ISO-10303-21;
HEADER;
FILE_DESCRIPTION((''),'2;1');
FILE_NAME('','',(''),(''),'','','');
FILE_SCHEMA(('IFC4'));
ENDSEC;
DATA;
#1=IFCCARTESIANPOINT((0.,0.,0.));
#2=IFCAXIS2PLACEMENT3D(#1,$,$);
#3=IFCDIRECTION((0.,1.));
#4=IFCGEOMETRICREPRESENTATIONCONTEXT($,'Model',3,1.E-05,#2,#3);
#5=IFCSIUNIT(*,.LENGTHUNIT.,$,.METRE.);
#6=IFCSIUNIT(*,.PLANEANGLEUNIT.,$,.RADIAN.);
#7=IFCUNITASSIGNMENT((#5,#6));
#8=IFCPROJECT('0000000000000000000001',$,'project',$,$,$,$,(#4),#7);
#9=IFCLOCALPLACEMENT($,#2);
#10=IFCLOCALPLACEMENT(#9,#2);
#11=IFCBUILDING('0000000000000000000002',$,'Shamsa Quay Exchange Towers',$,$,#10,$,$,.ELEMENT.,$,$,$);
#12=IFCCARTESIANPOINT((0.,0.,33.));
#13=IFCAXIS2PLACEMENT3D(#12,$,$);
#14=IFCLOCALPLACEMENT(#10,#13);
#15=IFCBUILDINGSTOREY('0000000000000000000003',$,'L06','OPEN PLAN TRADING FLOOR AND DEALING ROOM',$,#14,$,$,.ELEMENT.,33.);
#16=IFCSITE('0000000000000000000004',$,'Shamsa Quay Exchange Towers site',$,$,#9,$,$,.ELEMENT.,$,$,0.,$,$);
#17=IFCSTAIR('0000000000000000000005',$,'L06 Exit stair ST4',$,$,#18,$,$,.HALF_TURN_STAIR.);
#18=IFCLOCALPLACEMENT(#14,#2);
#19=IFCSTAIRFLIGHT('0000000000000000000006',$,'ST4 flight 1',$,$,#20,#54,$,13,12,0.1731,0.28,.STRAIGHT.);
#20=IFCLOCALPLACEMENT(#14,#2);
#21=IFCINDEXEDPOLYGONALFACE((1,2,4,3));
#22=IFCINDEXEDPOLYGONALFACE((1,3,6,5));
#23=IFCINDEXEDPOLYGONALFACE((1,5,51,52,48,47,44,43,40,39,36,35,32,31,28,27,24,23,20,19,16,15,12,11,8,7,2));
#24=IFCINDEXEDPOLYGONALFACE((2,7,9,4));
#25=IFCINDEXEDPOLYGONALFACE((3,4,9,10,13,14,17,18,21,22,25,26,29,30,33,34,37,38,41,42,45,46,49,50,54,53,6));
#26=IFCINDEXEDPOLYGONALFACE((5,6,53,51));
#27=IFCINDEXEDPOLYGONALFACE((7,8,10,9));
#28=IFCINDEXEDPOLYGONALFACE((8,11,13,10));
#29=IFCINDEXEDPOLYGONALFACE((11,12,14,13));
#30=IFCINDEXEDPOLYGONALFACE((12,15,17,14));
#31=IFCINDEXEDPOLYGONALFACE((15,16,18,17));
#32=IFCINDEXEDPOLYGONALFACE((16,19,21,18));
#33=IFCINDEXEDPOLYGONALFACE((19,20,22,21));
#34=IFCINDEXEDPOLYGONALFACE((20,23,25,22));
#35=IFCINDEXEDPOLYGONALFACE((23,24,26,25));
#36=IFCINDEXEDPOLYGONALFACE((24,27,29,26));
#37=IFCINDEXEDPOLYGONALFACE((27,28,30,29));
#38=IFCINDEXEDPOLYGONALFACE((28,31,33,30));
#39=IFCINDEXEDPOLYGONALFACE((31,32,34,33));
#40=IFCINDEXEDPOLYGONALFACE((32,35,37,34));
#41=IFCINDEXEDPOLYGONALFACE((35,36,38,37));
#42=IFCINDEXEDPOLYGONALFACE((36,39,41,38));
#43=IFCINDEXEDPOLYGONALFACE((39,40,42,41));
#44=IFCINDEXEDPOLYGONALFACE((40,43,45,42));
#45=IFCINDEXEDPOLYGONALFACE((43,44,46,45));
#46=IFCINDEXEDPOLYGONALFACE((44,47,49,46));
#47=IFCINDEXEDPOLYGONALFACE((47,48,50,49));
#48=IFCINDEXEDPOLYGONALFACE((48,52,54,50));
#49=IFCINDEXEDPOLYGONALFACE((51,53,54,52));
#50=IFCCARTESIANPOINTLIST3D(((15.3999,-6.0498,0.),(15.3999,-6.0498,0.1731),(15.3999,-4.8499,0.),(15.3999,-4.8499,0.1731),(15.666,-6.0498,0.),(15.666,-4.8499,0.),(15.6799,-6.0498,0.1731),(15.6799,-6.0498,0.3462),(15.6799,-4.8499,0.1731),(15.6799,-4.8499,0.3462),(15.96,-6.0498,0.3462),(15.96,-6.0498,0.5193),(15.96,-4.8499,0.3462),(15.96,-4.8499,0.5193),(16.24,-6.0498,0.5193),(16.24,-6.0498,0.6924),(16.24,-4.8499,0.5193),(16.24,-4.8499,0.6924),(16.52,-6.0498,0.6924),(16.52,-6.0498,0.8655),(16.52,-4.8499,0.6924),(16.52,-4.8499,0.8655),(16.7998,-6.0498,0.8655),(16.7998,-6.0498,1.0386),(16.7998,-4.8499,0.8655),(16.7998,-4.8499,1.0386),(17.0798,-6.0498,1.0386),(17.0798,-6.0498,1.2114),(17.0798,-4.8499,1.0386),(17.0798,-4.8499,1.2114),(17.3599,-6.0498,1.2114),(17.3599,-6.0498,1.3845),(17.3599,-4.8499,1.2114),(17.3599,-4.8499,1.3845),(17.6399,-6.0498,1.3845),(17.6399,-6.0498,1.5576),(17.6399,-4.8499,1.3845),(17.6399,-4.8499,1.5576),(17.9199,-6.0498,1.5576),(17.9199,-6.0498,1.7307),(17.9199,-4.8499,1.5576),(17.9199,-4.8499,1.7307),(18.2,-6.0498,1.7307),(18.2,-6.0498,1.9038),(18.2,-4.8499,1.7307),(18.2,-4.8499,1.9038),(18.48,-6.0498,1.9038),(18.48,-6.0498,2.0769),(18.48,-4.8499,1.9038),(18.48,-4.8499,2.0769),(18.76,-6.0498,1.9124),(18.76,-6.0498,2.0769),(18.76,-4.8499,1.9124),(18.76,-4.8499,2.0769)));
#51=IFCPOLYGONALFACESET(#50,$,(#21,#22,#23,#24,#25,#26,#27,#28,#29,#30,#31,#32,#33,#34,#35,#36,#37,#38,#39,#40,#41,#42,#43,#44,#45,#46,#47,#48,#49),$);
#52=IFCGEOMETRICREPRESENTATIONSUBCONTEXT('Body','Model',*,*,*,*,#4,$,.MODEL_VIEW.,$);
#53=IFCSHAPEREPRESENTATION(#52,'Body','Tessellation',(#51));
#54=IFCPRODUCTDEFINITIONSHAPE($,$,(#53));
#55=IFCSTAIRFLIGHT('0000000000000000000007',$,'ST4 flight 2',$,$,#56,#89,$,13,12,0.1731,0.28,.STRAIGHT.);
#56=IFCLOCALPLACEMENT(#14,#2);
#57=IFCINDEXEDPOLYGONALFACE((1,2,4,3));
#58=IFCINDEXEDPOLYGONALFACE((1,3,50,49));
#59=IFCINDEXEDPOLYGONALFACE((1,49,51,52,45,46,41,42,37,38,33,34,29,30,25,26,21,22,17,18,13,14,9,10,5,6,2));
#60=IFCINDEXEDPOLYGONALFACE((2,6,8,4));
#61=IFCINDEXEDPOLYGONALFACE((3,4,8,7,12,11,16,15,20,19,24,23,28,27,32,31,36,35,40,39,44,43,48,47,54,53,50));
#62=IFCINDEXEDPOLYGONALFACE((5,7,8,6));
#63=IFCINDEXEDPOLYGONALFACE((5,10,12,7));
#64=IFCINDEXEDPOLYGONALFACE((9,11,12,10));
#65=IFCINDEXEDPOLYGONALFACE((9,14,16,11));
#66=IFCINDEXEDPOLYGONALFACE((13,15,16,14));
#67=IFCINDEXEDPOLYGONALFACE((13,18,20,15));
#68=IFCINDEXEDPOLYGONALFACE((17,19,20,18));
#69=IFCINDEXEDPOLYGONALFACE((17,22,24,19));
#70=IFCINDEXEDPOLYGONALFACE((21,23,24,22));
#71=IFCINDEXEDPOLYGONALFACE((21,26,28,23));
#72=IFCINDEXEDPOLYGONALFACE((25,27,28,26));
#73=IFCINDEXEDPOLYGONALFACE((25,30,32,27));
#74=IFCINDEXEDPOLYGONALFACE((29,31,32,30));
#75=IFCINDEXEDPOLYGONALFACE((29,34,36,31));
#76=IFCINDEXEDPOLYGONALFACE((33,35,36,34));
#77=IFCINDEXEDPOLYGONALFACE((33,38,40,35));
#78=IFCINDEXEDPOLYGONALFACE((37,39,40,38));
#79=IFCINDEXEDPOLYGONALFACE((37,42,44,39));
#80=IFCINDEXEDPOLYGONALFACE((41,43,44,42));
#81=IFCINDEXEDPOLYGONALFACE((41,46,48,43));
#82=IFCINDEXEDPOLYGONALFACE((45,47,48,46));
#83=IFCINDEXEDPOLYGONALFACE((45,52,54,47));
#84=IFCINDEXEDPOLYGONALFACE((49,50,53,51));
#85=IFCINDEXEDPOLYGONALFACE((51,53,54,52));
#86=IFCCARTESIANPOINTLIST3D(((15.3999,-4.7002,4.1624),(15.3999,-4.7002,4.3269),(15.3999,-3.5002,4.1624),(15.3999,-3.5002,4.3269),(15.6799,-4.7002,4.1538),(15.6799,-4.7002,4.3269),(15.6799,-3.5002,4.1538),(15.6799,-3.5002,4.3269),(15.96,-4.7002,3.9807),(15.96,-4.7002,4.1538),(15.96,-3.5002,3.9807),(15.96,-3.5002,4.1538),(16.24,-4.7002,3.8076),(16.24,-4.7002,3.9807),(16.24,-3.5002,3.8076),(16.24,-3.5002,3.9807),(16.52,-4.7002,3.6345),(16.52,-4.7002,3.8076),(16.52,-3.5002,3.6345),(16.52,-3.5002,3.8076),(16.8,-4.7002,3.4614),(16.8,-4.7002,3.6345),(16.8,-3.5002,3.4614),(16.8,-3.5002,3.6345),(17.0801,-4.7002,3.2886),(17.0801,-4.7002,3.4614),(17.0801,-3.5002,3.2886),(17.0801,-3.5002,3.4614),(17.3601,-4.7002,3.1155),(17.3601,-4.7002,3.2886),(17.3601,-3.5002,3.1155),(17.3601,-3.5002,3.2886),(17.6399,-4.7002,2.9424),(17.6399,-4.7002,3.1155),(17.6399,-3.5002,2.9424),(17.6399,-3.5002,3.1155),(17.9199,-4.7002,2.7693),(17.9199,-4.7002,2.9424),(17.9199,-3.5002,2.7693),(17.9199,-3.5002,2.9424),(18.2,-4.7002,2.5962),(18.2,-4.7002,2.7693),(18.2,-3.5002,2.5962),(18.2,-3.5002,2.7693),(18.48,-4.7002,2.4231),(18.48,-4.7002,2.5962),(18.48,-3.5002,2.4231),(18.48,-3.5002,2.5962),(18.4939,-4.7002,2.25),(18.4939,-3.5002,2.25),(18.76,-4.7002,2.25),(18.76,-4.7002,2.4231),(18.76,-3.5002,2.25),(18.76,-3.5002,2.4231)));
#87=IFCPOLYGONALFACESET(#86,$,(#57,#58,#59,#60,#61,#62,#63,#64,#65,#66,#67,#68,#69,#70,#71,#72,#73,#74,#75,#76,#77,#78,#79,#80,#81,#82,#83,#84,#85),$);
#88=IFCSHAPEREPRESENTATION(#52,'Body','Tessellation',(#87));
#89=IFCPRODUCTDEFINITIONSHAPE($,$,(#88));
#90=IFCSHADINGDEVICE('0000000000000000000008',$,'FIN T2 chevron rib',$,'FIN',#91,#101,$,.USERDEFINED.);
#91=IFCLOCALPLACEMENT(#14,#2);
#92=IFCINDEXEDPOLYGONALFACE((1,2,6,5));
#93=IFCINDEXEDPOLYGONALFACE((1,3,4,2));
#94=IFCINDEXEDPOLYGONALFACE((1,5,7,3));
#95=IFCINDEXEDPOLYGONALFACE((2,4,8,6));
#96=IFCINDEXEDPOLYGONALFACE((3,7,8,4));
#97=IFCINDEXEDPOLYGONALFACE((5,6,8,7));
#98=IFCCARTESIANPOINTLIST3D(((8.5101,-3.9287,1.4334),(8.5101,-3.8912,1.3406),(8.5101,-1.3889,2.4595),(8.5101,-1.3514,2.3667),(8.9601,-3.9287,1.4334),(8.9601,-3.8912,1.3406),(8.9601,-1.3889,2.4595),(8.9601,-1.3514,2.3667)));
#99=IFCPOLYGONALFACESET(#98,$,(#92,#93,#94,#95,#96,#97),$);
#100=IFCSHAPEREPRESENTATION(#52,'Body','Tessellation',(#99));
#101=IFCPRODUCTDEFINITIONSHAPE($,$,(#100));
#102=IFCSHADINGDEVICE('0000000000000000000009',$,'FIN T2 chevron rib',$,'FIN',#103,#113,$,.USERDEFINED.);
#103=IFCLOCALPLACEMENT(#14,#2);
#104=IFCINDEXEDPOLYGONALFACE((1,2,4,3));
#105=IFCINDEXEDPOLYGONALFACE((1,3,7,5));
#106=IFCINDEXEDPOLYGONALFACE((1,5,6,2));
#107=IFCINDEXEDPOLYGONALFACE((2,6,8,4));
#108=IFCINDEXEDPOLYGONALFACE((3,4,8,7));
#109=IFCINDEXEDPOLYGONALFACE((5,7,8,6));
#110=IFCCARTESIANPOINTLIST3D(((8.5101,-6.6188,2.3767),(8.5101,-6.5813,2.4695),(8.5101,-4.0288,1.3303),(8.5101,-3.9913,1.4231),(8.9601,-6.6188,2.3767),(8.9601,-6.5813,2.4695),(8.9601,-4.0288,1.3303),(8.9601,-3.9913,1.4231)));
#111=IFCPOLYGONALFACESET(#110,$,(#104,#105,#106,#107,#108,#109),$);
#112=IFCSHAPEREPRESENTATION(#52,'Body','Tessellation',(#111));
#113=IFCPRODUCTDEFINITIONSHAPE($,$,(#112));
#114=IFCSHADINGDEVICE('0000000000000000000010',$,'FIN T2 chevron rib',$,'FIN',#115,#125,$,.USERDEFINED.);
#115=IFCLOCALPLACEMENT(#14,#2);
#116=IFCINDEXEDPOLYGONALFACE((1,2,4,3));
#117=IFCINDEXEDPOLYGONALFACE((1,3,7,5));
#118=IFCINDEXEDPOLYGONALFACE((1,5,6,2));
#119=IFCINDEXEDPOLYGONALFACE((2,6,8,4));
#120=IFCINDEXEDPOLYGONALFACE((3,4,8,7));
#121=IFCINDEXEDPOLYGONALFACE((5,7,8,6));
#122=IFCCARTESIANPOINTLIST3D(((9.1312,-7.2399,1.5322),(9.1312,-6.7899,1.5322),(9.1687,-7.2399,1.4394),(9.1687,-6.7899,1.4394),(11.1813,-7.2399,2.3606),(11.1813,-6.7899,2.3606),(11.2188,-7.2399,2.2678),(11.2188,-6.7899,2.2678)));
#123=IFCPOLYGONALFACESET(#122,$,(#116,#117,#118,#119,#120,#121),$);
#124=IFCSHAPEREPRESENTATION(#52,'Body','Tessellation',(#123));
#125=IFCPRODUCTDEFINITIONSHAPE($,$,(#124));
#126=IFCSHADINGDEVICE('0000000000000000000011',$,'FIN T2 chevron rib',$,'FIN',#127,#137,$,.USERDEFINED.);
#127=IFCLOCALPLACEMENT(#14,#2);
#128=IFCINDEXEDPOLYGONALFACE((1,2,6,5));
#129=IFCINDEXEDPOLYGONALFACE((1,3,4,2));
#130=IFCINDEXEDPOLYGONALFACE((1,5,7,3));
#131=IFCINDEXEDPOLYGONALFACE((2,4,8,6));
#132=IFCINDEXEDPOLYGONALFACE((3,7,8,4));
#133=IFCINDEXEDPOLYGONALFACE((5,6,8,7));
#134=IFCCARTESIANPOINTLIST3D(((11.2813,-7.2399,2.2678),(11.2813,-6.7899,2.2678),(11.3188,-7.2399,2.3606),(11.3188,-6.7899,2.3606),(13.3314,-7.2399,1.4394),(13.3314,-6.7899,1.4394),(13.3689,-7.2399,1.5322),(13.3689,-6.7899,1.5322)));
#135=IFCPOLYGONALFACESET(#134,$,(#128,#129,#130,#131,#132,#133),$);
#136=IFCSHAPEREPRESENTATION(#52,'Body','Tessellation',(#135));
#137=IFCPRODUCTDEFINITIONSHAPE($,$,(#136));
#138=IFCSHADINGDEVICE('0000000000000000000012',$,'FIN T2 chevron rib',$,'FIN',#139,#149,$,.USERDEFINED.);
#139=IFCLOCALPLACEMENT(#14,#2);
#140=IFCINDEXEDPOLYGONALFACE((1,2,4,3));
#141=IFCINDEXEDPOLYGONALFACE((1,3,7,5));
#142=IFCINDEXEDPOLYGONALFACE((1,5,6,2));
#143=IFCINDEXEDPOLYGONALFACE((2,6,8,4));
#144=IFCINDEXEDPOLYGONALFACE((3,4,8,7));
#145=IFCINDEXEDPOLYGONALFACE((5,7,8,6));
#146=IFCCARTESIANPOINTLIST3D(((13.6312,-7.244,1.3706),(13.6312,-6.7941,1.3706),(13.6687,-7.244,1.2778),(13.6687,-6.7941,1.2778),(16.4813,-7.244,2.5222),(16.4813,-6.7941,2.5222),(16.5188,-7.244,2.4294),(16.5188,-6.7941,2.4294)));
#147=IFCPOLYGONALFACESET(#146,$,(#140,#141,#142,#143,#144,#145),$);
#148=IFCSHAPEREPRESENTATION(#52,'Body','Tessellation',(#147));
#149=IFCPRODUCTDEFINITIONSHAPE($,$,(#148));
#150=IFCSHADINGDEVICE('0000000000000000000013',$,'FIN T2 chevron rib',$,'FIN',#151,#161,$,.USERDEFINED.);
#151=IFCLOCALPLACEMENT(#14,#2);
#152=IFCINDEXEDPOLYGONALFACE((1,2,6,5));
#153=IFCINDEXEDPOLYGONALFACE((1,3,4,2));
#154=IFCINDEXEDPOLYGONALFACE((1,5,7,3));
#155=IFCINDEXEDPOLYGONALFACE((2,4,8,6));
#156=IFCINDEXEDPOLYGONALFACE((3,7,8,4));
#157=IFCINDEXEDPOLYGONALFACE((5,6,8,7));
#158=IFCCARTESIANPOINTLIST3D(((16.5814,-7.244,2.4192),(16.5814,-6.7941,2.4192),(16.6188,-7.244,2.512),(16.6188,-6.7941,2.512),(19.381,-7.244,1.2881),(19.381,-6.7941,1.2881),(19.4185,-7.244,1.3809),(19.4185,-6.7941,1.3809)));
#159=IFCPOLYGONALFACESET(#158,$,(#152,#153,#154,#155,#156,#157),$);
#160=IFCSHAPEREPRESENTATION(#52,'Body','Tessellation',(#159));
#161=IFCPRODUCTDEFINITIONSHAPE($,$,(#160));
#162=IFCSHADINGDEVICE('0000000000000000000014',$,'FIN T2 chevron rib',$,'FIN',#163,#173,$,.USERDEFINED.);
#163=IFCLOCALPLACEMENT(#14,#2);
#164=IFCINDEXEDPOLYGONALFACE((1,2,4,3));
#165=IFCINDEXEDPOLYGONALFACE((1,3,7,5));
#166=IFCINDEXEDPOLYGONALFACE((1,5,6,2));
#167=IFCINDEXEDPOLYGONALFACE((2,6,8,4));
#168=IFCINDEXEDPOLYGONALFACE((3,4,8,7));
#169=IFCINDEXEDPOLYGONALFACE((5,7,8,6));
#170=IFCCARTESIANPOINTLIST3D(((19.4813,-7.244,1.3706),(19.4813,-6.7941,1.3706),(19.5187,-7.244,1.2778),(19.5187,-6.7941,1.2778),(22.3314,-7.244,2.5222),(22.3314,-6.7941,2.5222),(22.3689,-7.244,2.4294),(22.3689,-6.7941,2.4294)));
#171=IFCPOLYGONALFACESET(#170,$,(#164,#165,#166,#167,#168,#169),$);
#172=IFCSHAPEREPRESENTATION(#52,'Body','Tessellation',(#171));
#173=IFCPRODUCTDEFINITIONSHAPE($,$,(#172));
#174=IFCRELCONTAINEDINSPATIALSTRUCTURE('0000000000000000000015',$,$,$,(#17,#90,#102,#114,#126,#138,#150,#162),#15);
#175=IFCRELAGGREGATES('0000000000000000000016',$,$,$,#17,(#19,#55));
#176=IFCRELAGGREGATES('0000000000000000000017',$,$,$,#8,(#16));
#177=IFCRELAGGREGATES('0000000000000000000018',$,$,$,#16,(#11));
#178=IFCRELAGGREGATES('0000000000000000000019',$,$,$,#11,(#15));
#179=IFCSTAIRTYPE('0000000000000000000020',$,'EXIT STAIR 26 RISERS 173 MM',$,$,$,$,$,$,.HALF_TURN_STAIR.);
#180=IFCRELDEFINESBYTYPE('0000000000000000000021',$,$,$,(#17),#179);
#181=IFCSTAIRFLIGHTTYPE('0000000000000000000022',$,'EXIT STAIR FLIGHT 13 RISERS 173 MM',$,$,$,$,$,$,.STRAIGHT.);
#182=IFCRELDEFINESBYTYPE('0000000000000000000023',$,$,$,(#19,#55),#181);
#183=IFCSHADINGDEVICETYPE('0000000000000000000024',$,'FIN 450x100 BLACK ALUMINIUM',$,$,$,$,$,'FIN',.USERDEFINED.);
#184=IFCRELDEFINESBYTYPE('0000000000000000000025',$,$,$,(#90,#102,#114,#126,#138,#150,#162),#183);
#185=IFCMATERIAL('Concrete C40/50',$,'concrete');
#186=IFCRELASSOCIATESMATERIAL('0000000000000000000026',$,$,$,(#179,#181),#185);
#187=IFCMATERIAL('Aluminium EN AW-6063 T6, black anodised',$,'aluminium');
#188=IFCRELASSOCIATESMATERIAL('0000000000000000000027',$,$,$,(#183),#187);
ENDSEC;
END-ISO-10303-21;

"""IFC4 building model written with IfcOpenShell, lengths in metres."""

from ifc_helpers import new_model, si_unit, direction, frame, origin, origin_2d, place, context, subcontext, project, spatial, polyline, rectangle, outline, extrude, material, material_profile, profile_set, type_object, element, aggregate, save


model = new_model("IFC4")

# Units and contexts
model_context = context("Model", 3, precision=1e-05, world=origin(), true_north=direction((0.0, 1.0)))
body_context = subcontext(model_context, "Body", "Model", "MODEL_VIEW")
ifc_project = project(units=[si_unit("LENGTHUNIT", "METRE"), si_unit("PLANEANGLEUNIT", "RADIAN")], contexts=[model_context])

# Site, building, storey
site_placement = place(None, origin())
site = spatial("IfcSite", under=ifc_project, at=site_placement, Name="Shamsa Quay Exchange Towers site", CompositionType="ELEMENT", RefElevation=0.0)
building_placement = place(site_placement, origin())
building = spatial("IfcBuilding", under=site, at=building_placement, Name="Shamsa Quay Exchange Towers", CompositionType="ELEMENT")
storey_placement = place(building_placement, frame((0.0, 0.0, 33.0)))
storey = spatial("IfcBuildingStorey", under=building, at=storey_placement, Name="L06", Description="OPEN PLAN TRADING FLOOR AND DEALING ROOM", CompositionType="ELEMENT", Elevation=33.0)

# Shared definitions
ifc_material_1 = material(Name="Aluminium EN AW-6063 T6, black anodised", Category="aluminium")

# Stair
ifc_material_2 = material(Name="Concrete C40/50", Category="concrete")
stair_type = type_object("IfcStairType", Name="EXIT STAIR 26 RISERS 173 MM", PredefinedType="HALF_TURN_STAIR", material=ifc_material_2)
stair_1_placement = place(storey_placement, origin())
stair_1 = element("IfcStair", 1, at=stair_1_placement, inside=storey, type_object=stair_type, Name="L06 Exit stair ST4", PredefinedType="HALF_TURN_STAIR")

# Stair flights
stair_flight_type = type_object("IfcStairFlightType", Name="EXIT STAIR FLIGHT 13 RISERS 173 MM", PredefinedType="STRAIGHT", material=ifc_material_2)
stair_flight_1_placement = place(storey_placement, frame((15.3999, -5.45, 0.0)))
stair_flight_1 = element("IfcStairFlight", 2, at=stair_flight_1_placement, type_object=stair_flight_type, Name="ST4 flight 1", NumberOfRisers=13, NumberOfTreads=12, PredefinedType="STRAIGHT", RiserHeight=0.1731, TreadLength=0.28, context=body_context, shape_type="SweptSolid", body=[
    extrude(outline(polyline([(0.0, 0.0), (0.0, 0.1731), (0.28, 0.1731), (0.28, 0.3462), (0.5601, 0.3462), (0.5601, 0.5193), (0.8401, 0.5193), (0.8401, 0.6924), (1.1201, 0.6924), (1.1201, 0.8655), (1.3999, 0.8655), (1.3999, 1.0386), (1.6799, 1.0386), (1.6799, 1.2114), (1.96, 1.2114), (1.96, 1.3845), (2.24, 1.3845), (2.24, 1.5576), (2.52, 1.5576), (2.52, 1.7307), (2.8, 1.7307), (2.8, 1.9038), (3.0801, 1.9038), (3.0801, 2.0769), (3.3601, 2.0769), (3.3601, 2.25), (3.3601, 1.9124), (0.2661, 0.0), (0.0, 0.0)])), frame((0.0, 0.6001, 0.0), z_axis=(0.0, -1.0, 0.0), x_axis=(1.0, 0.0, 0.0)), (0.0, 0.0, 1.0), 1.2),
])
stair_flight_2_placement = place(storey_placement, frame((18.76, -4.1001, 2.25), z_axis=(0.0, 0.0, 1.0), x_axis=(-1.0, 0.0, 0.0)))
stair_flight_2 = element("IfcStairFlight", 3, at=stair_flight_2_placement, type_object=stair_flight_type, Name="ST4 flight 2", NumberOfRisers=13, NumberOfTreads=12, PredefinedType="STRAIGHT", RiserHeight=0.1731, TreadLength=0.28, context=body_context, shape_type="SweptSolid", body=[
    extrude(outline(polyline([(0.0, 0.0), (0.0, 0.1731), (0.28, 0.1731), (0.28, 0.3462), (0.5601, 0.3462), (0.5601, 0.5193), (0.8401, 0.5193), (0.8401, 0.6924), (1.1201, 0.6924), (1.1201, 0.8655), (1.3999, 0.8655), (1.3999, 1.0386), (1.6799, 1.0386), (1.6799, 1.2114), (1.96, 1.2114), (1.96, 1.3845), (2.24, 1.3845), (2.24, 1.5576), (2.52, 1.5576), (2.52, 1.7307), (2.8, 1.7307), (2.8, 1.9038), (3.0801, 1.9038), (3.0801, 2.0769), (3.3601, 2.0769), (3.3601, 2.25), (3.3601, 1.9124), (0.2661, 0.0), (0.0, 0.0)])), frame((0.0, 0.6001, 0.0), z_axis=(0.0, -1.0, 0.0), x_axis=(1.0, 0.0, 0.0)), (0.0, 0.0, 1.0), 1.2),
])
aggregate(stair_1, [stair_flight_1, stair_flight_2])

# Shading devices
ifc_material_profile_1 = material_profile(ifc_material_1, rectangle(XDim=0.45, YDim=0.1001, at=origin_2d()), Name="FIN450x100")
ifc_profile_set_1 = profile_set([ifc_material_profile_1], Name="Aluminium EN AW-6063 T6, black anodised")
shading_device_type = type_object("IfcShadingDeviceType", Name="FIN 450x100 BLACK ALUMINIUM", ElementType="FIN", PredefinedType="USERDEFINED", material=ifc_profile_set_1)
shading_device_1_placement = place(storey_placement, frame((8.7351, -1.3701, 2.4131), z_axis=(0.0, -0.927186, -0.3746), x_axis=(1.0, 0.0, 0.0)))
element("IfcShadingDevice", 4, at=shading_device_1_placement, inside=storey, type_object=shading_device_type, Name="FIN T2 chevron rib", ObjectType="FIN", PredefinedType="USERDEFINED", context=body_context, shape_type="SweptSolid", body=[
    extrude(rectangle(XDim=0.45, YDim=0.1001, at=origin_2d()), origin(), (0.0, 0.0, 1.0), 2.7393),
])
shading_device_2_placement = place(storey_placement, frame((8.7351, -4.01, 1.3767), z_axis=(0.0, -0.927193, 0.374583), x_axis=(1.0, 0.0, 0.0)))
element("IfcShadingDevice", 5, at=shading_device_2_placement, inside=storey, type_object=shading_device_type, Name="FIN T2 chevron rib", ObjectType="FIN", PredefinedType="USERDEFINED", context=body_context, shape_type="SweptSolid", body=[
    extrude(rectangle(XDim=0.45, YDim=0.1001, at=origin_2d()), origin(), (0.0, 0.0, 1.0), 2.7935),
])
for number, where, z_axis, x_axis, name in (
    (6, (9.1499, -7.0149, 1.4858), (0.927169, 0.0, 0.374644), (0.0, 1.0, 0.0), "FIN T2 chevron rib"),
    (7, (11.3, -7.0149, 2.3142), (0.927169, 0.0, -0.374644), (0.0, 1.0, 0.0), "FIN T2 chevron rib"),
):
    element("IfcShadingDevice", number, at=place(storey_placement, frame(where, z_axis=z_axis, x_axis=x_axis)), inside=storey, type_object=shading_device_type, Name=name, ObjectType="FIN", PredefinedType="USERDEFINED", context=body_context, shape_type="SweptSolid", body=[
        extrude(rectangle(XDim=0.45, YDim=0.1001, at=origin_2d()), origin(), (0.0, 0.0, 1.0), 2.2112),
    ])
shading_device_3_placement = place(storey_placement, frame((13.6499, -7.019, 1.3242), z_axis=(0.927173, 0.0, 0.374634), x_axis=(0.0, 1.0, 0.0)))
element("IfcShadingDevice", 8, at=shading_device_3_placement, inside=storey, type_object=shading_device_type, Name="FIN T2 chevron rib", ObjectType="FIN", PredefinedType="USERDEFINED", context=body_context, shape_type="SweptSolid", body=[
    extrude(rectangle(XDim=0.45, YDim=0.1001, at=origin_2d()), origin(), (0.0, 0.0, 1.0), 3.074),
])
shading_device_4_placement = place(storey_placement, frame((16.6001, -7.019, 2.4656), z_axis=(0.927194, 0.0, -0.374581), x_axis=(0.0, 1.0, 0.0)))
element("IfcShadingDevice", 9, at=shading_device_4_placement, inside=storey, type_object=shading_device_type, Name="FIN T2 chevron rib", ObjectType="FIN", PredefinedType="USERDEFINED", context=body_context, shape_type="SweptSolid", body=[
    extrude(rectangle(XDim=0.45, YDim=0.1001, at=origin_2d()), origin(), (0.0, 0.0, 1.0), 3.0195),
])
shading_device_5_placement = place(storey_placement, frame((19.5, -7.019, 1.3242), z_axis=(0.927173, 0.0, 0.374634), x_axis=(0.0, 1.0, 0.0)))
element("IfcShadingDevice", 10, at=shading_device_5_placement, inside=storey, type_object=shading_device_type, Name="FIN T2 chevron rib", ObjectType="FIN", PredefinedType="USERDEFINED", context=body_context, shape_type="SweptSolid", body=[
    extrude(rectangle(XDim=0.45, YDim=0.1001, at=origin_2d()), origin(), (0.0, 0.0, 1.0), 3.074),
])

save(model, "model.ifc")
